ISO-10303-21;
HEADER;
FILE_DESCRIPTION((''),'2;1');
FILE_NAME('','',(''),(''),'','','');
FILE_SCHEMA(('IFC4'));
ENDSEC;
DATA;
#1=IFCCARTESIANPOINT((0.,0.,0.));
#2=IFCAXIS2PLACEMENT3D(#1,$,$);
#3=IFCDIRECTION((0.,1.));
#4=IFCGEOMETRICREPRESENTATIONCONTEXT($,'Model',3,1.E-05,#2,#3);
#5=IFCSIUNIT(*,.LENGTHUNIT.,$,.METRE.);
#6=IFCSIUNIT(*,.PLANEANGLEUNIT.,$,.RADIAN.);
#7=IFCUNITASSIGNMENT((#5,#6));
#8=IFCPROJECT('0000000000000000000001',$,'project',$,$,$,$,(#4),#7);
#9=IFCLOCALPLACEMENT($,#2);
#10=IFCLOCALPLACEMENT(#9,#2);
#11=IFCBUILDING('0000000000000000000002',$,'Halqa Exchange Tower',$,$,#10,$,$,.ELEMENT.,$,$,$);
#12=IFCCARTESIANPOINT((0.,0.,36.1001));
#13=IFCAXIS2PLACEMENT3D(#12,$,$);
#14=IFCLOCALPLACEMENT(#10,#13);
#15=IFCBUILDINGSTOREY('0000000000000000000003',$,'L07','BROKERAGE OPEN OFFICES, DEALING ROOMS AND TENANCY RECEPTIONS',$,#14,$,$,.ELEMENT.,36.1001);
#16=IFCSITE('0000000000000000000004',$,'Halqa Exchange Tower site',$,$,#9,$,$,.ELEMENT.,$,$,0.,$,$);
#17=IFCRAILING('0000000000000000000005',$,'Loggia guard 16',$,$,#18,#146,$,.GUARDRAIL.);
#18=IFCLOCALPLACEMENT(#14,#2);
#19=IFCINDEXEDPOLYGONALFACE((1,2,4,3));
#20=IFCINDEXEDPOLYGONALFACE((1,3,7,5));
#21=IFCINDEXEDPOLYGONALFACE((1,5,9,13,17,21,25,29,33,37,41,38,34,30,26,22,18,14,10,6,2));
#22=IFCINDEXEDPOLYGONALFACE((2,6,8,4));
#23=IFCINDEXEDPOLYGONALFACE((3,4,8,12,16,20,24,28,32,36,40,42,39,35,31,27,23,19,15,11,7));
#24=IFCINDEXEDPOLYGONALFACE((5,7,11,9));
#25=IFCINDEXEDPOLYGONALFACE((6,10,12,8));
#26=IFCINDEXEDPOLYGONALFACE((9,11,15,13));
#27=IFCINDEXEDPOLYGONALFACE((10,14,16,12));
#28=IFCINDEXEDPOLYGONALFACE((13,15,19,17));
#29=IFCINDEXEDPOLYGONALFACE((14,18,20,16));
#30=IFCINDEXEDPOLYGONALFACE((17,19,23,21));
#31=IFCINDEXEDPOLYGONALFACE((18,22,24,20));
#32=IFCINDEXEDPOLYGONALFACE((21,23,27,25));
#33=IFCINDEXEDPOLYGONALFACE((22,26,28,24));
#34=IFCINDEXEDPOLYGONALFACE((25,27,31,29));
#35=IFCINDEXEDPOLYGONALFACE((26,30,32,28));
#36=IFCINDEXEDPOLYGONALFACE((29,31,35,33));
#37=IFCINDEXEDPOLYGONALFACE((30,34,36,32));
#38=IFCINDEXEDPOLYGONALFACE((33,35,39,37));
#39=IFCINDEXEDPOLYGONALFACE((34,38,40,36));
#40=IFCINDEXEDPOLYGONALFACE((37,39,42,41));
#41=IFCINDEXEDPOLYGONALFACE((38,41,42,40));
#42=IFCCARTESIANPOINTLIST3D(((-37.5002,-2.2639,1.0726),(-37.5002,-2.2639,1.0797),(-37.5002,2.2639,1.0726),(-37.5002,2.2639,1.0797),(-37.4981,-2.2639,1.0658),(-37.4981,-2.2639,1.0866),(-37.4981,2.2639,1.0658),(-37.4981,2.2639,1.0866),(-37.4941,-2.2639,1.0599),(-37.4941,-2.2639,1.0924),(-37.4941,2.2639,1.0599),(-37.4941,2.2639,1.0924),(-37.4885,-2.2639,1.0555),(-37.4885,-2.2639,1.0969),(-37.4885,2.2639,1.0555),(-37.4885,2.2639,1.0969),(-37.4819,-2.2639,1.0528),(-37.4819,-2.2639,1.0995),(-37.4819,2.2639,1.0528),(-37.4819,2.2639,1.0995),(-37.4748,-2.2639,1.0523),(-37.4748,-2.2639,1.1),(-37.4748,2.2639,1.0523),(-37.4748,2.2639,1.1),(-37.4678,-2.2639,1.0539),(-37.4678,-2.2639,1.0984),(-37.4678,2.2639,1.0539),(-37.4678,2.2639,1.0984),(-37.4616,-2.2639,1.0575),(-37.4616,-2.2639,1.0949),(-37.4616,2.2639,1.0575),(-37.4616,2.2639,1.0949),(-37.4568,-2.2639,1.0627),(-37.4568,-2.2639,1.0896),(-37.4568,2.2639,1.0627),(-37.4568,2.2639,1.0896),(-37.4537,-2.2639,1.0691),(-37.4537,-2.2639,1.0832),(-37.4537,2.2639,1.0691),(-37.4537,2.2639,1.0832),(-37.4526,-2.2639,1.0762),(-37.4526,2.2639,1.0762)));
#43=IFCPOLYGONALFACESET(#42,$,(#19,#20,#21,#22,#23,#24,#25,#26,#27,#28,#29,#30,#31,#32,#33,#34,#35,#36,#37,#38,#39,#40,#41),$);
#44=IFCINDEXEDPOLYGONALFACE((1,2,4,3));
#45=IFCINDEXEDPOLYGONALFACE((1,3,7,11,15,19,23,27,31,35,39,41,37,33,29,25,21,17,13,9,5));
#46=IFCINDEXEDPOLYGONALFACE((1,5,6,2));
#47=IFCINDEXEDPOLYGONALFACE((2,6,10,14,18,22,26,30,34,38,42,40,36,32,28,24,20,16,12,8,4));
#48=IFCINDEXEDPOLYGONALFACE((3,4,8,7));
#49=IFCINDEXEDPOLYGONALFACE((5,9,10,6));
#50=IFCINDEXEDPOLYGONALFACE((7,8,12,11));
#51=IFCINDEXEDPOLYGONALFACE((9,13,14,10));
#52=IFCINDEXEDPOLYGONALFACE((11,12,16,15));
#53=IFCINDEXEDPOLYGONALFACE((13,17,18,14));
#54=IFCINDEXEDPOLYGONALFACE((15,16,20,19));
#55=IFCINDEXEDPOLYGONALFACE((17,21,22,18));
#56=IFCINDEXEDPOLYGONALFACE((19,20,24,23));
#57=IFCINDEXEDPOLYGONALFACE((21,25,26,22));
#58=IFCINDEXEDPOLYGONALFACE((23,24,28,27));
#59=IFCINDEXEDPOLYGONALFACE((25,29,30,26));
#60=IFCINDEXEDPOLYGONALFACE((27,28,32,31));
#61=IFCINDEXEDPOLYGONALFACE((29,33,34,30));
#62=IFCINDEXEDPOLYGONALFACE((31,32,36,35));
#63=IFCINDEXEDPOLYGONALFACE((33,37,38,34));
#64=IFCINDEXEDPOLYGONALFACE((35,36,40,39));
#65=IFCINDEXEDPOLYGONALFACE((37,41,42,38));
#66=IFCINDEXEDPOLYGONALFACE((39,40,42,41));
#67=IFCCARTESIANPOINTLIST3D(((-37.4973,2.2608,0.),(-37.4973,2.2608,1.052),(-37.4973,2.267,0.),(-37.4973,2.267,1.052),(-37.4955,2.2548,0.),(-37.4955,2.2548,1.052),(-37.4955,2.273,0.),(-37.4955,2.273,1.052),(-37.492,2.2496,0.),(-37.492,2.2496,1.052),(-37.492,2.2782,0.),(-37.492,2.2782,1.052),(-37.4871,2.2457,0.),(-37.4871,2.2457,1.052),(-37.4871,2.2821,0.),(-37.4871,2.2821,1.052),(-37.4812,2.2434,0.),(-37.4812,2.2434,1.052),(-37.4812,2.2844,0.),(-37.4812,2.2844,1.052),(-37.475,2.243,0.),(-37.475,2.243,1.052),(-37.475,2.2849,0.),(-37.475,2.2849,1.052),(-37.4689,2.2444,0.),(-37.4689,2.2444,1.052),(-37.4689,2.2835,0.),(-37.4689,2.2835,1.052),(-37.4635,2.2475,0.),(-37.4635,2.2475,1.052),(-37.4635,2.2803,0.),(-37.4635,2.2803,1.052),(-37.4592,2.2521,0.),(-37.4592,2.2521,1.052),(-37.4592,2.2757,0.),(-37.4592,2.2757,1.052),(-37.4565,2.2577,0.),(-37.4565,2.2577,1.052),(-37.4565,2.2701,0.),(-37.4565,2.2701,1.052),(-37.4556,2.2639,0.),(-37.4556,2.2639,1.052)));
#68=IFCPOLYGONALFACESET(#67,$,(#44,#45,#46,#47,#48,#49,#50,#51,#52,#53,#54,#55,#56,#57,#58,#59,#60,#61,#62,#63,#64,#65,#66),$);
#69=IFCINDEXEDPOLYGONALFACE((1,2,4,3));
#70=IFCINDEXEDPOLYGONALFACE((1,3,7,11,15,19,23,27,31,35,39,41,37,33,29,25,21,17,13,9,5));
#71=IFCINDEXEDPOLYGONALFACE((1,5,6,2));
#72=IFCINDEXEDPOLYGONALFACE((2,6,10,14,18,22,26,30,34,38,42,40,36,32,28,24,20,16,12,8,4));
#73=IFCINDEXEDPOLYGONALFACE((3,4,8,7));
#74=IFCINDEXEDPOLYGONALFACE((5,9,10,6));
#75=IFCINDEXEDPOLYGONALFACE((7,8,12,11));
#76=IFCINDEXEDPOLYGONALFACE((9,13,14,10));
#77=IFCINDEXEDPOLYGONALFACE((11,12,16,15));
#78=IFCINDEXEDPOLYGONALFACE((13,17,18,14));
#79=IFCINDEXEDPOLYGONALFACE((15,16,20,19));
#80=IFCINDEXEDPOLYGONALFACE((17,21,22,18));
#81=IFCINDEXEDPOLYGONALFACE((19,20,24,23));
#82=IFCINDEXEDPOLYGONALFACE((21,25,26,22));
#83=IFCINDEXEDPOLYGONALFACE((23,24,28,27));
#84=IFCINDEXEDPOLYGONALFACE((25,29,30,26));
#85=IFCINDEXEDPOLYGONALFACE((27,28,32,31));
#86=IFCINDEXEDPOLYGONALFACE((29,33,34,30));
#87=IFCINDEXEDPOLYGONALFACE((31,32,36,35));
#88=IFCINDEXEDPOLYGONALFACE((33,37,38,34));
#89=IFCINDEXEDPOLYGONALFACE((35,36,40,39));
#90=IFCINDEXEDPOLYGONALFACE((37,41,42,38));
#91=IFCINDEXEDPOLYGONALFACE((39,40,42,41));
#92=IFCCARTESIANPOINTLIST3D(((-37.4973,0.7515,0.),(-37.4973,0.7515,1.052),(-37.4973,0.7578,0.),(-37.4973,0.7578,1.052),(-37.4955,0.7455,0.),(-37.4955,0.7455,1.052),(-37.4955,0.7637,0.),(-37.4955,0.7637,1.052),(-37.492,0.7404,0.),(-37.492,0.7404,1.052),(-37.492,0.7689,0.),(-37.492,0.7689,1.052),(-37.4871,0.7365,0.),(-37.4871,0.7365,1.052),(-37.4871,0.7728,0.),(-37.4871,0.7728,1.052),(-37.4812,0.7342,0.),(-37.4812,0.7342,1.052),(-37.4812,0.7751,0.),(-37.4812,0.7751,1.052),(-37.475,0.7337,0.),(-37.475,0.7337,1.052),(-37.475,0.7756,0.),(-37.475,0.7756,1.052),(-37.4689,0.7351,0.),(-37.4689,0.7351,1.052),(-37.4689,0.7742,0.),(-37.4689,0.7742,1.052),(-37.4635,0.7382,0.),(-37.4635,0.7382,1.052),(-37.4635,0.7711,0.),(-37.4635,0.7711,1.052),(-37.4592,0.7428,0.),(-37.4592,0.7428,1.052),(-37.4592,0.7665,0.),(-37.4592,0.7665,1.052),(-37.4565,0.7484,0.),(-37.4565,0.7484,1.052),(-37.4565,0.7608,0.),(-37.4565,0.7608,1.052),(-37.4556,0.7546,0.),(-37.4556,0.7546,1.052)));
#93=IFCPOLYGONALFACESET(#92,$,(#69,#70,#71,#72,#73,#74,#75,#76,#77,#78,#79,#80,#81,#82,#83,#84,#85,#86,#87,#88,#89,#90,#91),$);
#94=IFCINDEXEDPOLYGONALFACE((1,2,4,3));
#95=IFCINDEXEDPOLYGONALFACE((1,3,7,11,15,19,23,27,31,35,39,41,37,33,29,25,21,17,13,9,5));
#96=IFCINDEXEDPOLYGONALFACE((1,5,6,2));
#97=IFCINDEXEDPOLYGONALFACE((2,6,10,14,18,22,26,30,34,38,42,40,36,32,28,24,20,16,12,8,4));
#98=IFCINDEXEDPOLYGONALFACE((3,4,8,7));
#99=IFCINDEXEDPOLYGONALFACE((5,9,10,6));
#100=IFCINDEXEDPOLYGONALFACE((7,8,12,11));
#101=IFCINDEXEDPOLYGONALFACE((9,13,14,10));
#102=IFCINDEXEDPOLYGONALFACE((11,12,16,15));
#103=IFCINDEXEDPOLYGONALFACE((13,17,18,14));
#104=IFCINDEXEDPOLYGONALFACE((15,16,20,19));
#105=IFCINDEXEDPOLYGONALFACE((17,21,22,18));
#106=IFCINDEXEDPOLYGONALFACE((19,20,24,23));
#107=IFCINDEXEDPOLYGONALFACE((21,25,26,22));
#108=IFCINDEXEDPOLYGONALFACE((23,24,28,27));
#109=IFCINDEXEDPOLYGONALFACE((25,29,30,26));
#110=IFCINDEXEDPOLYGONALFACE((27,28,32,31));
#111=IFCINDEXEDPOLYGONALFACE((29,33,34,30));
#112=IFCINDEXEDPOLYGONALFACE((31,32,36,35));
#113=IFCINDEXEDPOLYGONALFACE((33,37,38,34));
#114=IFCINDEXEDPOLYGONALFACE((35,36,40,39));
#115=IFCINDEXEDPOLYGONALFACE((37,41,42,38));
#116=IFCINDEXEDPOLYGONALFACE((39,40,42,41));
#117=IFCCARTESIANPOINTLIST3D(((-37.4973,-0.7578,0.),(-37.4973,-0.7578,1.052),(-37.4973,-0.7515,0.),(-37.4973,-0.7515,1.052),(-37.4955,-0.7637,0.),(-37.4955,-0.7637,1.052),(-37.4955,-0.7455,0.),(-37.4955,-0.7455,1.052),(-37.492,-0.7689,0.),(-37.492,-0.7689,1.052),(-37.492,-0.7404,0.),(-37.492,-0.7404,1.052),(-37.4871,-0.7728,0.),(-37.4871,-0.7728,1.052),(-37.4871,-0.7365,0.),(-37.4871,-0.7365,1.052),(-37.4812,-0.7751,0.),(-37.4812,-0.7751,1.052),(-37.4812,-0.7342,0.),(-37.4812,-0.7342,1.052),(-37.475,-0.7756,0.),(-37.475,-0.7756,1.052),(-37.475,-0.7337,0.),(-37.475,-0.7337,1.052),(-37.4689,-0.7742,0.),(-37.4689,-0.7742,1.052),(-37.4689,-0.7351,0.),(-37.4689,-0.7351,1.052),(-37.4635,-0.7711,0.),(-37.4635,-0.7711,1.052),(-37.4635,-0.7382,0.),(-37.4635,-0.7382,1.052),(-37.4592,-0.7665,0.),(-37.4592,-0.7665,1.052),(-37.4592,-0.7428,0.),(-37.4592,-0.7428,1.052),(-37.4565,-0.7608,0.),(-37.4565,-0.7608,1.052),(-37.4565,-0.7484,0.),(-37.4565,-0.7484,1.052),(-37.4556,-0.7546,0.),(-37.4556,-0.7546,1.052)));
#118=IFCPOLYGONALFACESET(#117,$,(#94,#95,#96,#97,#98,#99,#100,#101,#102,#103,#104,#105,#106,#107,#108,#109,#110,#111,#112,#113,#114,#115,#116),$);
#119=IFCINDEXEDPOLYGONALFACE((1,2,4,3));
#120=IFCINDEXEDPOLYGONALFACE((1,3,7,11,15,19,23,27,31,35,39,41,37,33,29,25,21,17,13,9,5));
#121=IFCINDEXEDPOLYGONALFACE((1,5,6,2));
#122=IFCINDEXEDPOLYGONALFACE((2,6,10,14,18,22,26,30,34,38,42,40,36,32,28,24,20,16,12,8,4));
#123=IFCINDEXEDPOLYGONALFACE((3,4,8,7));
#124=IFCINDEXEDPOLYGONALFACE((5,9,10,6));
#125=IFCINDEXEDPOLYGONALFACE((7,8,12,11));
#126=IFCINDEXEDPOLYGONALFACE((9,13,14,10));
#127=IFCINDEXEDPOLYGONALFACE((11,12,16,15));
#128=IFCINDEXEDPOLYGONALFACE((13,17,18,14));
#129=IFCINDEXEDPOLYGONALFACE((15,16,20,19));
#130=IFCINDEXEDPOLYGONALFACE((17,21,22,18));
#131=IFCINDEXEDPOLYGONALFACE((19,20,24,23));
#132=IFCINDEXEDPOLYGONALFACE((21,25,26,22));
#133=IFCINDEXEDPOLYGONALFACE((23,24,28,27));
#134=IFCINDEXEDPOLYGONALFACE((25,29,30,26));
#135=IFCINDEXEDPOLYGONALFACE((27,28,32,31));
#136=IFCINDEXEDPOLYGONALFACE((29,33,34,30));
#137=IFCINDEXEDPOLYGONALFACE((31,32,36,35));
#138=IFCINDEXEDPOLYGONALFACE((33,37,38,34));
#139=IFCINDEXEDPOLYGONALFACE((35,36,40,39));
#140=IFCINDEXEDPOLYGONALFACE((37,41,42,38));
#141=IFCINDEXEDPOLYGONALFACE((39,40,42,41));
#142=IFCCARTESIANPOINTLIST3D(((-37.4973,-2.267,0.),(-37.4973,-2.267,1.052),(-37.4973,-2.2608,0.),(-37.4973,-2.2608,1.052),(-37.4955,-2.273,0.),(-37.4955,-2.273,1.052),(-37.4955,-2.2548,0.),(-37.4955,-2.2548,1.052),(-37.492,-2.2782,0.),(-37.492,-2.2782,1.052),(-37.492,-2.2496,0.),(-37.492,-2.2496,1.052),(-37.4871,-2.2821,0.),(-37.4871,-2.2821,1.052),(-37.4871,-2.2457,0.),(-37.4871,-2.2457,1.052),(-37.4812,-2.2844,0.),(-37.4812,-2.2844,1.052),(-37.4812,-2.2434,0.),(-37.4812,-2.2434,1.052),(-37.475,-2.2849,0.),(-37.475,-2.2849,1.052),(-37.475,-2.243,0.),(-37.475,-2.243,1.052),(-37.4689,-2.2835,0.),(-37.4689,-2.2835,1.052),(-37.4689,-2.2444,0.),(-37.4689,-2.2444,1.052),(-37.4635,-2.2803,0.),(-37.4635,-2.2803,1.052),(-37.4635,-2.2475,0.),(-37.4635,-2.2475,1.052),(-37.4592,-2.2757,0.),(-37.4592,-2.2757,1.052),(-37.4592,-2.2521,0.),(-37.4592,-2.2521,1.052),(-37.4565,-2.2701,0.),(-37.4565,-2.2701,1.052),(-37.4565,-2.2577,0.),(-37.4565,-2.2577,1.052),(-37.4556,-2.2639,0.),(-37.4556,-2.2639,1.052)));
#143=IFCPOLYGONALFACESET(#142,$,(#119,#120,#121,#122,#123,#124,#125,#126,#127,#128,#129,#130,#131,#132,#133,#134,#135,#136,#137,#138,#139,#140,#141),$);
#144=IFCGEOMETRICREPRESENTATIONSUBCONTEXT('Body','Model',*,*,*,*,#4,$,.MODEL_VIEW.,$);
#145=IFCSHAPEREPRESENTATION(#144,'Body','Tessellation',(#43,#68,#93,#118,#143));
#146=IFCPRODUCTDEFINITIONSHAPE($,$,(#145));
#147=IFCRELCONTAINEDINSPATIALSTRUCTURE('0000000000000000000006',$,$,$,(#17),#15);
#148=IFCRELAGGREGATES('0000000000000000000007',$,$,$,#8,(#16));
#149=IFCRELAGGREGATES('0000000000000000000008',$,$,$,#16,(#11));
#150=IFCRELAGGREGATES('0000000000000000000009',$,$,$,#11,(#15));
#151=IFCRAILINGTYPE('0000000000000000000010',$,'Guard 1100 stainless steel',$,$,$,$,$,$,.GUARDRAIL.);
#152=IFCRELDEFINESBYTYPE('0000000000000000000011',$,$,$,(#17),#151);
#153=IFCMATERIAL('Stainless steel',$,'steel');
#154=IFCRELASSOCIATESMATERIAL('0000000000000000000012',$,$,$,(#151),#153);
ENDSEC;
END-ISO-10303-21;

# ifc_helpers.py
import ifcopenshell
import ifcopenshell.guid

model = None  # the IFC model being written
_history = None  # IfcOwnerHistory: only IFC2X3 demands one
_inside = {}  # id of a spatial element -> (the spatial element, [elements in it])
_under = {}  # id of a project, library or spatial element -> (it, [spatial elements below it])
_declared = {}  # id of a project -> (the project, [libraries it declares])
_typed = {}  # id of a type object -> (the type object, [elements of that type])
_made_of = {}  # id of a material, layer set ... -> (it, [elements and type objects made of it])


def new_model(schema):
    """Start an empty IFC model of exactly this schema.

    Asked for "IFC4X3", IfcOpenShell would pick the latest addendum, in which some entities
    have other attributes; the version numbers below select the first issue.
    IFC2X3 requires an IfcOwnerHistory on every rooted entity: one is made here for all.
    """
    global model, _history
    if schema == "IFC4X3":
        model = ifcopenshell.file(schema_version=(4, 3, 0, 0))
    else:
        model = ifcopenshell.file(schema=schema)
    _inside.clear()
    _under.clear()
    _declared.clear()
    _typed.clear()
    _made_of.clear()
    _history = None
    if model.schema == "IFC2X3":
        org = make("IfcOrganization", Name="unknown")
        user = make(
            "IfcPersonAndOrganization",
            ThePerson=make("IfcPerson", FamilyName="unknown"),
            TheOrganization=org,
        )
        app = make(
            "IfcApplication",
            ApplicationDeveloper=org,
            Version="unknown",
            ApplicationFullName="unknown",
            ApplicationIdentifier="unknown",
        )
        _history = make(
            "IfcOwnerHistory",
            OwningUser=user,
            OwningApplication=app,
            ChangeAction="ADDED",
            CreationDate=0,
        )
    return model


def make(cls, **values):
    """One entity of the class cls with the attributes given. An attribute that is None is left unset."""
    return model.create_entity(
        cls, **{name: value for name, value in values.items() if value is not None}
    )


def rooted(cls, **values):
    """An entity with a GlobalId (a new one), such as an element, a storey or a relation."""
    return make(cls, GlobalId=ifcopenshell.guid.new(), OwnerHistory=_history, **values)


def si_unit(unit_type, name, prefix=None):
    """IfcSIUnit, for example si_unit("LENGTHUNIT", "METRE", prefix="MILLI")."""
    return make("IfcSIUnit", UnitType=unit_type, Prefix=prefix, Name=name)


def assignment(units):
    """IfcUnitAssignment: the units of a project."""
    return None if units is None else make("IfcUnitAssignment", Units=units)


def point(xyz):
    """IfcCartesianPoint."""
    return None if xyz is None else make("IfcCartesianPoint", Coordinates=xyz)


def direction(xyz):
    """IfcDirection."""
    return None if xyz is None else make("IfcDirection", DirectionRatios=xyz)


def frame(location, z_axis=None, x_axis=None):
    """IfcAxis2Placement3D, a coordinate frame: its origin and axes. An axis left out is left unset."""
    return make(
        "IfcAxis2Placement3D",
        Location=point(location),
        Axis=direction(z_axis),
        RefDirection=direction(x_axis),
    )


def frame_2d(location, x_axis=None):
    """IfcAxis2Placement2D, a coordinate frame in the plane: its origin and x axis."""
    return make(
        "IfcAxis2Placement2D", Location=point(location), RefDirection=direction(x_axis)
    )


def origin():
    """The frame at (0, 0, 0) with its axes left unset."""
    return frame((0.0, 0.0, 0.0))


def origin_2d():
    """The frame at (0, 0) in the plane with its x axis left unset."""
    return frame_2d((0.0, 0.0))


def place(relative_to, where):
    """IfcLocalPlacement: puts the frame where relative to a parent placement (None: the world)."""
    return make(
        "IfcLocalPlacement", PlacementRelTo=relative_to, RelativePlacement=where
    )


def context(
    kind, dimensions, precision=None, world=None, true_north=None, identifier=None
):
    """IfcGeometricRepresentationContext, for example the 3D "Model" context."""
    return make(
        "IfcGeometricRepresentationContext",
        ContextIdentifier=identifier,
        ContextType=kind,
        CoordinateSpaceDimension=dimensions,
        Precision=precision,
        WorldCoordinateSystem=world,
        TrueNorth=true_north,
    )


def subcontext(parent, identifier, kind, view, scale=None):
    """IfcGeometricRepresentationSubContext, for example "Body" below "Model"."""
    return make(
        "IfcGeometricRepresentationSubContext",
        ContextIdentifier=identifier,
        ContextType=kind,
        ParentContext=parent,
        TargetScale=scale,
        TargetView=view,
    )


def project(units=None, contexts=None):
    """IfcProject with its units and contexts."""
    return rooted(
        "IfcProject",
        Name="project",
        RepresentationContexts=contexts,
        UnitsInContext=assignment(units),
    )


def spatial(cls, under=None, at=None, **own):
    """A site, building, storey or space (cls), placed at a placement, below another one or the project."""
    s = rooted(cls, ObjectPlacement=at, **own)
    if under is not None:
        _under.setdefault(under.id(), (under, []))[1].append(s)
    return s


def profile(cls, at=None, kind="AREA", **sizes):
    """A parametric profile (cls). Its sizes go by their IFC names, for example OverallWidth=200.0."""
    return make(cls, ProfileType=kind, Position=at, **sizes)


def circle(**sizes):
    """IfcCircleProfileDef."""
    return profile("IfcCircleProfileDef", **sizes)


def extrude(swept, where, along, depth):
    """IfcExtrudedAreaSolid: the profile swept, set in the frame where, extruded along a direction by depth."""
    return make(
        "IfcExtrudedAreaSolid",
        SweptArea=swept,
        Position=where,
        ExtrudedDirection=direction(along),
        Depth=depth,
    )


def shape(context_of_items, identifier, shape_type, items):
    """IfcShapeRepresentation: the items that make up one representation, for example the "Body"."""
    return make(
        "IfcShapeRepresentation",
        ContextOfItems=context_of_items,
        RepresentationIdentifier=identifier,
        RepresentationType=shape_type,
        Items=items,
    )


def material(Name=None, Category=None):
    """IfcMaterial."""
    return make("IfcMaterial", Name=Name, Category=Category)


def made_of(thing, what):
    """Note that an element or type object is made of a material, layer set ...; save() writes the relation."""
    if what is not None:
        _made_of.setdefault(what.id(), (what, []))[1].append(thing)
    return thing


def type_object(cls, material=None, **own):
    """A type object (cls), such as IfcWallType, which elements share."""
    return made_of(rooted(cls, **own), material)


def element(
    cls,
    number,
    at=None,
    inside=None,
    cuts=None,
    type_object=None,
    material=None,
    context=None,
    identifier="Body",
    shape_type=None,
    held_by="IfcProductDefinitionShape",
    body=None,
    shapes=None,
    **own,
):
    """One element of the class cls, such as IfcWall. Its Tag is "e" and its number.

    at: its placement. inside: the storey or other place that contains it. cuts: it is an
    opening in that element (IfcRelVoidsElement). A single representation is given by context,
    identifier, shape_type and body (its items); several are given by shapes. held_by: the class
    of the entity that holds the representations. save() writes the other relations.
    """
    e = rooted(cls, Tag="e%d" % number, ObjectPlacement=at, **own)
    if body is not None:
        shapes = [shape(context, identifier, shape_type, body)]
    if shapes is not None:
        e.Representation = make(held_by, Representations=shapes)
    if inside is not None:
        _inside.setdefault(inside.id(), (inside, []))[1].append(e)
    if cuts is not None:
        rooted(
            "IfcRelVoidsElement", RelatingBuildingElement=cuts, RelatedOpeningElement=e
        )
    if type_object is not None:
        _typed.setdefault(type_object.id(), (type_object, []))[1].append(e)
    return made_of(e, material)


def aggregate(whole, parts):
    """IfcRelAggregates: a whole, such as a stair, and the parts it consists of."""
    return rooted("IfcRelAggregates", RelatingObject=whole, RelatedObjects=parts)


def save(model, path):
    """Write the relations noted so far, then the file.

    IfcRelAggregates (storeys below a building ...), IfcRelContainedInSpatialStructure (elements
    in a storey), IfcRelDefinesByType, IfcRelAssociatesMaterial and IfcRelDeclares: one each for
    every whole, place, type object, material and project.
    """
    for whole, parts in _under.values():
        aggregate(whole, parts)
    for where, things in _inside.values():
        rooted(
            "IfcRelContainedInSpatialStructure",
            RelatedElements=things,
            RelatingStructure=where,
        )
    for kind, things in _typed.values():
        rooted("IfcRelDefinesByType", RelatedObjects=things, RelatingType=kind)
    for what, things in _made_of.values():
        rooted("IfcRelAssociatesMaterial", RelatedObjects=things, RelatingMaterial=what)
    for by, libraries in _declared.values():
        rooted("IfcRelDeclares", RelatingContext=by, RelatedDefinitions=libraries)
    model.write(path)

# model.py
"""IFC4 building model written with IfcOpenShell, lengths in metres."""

from ifc_helpers import new_model, si_unit, direction, frame, origin, origin_2d, place, context, subcontext, project, spatial, circle, extrude, material, type_object, element, save


model = new_model("IFC4")

# Units and contexts
model_context = context("Model", 3, precision=1e-05, world=origin(), true_north=direction((0.0, 1.0)))
body_context = subcontext(model_context, "Body", "Model", "MODEL_VIEW")
ifc_project = project(units=[si_unit("LENGTHUNIT", "METRE"), si_unit("PLANEANGLEUNIT", "RADIAN")], contexts=[model_context])

# Site, building, storey
site_placement = place(None, origin())
site = spatial("IfcSite", under=ifc_project, at=site_placement, Name="Halqa Exchange Tower site", CompositionType="ELEMENT", RefElevation=0.0)
building_placement = place(site_placement, origin())
building = spatial("IfcBuilding", under=site, at=building_placement, Name="Halqa Exchange Tower", CompositionType="ELEMENT")
storey_placement = place(building_placement, frame((0.0, 0.0, 36.1001)))
storey = spatial("IfcBuildingStorey", under=building, at=storey_placement, Name="L07", Description="BROKERAGE OPEN OFFICES, DEALING ROOMS AND TENANCY RECEPTIONS", CompositionType="ELEMENT", Elevation=36.1001)

# Railing
ifc_material_1 = material(Name="Stainless steel", Category="steel")
railing_type = type_object("IfcRailingType", Name="Guard 1100 stainless steel", PredefinedType="GUARDRAIL", material=ifc_material_1)
railing_1_placement = place(storey_placement, frame((-37.4766, 2.2639, 0.0)))
element("IfcRailing", 1, at=railing_1_placement, inside=storey, type_object=railing_type, Name="Loggia guard 16", PredefinedType="GUARDRAIL", context=body_context, shape_type="SweptSolid", body=[
    extrude(circle(Radius=0.0239, at=origin_2d()), frame((0.0, 0.0, 1.0762), z_axis=(0.0, -1.0, 0.0), x_axis=(1.0, 0.0, 0.0)), (0.0, 0.0, 1.0), 4.5278),
    extrude(circle(Radius=0.021, at=origin_2d()), origin(), (0.0, 0.0, 1.0), 1.052),
    extrude(circle(Radius=0.021, at=origin_2d()), frame((0.0, -1.5093, 0.0)), (0.0, 0.0, 1.0), 1.052),
    extrude(circle(Radius=0.021, at=origin_2d()), frame((0.0, -3.0186, 0.0)), (0.0, 0.0, 1.0), 1.052),
    extrude(circle(Radius=0.021, at=origin_2d()), frame((0.0, -4.5278, 0.0)), (0.0, 0.0, 1.0), 1.052),
])

save(model, "model.ifc")
